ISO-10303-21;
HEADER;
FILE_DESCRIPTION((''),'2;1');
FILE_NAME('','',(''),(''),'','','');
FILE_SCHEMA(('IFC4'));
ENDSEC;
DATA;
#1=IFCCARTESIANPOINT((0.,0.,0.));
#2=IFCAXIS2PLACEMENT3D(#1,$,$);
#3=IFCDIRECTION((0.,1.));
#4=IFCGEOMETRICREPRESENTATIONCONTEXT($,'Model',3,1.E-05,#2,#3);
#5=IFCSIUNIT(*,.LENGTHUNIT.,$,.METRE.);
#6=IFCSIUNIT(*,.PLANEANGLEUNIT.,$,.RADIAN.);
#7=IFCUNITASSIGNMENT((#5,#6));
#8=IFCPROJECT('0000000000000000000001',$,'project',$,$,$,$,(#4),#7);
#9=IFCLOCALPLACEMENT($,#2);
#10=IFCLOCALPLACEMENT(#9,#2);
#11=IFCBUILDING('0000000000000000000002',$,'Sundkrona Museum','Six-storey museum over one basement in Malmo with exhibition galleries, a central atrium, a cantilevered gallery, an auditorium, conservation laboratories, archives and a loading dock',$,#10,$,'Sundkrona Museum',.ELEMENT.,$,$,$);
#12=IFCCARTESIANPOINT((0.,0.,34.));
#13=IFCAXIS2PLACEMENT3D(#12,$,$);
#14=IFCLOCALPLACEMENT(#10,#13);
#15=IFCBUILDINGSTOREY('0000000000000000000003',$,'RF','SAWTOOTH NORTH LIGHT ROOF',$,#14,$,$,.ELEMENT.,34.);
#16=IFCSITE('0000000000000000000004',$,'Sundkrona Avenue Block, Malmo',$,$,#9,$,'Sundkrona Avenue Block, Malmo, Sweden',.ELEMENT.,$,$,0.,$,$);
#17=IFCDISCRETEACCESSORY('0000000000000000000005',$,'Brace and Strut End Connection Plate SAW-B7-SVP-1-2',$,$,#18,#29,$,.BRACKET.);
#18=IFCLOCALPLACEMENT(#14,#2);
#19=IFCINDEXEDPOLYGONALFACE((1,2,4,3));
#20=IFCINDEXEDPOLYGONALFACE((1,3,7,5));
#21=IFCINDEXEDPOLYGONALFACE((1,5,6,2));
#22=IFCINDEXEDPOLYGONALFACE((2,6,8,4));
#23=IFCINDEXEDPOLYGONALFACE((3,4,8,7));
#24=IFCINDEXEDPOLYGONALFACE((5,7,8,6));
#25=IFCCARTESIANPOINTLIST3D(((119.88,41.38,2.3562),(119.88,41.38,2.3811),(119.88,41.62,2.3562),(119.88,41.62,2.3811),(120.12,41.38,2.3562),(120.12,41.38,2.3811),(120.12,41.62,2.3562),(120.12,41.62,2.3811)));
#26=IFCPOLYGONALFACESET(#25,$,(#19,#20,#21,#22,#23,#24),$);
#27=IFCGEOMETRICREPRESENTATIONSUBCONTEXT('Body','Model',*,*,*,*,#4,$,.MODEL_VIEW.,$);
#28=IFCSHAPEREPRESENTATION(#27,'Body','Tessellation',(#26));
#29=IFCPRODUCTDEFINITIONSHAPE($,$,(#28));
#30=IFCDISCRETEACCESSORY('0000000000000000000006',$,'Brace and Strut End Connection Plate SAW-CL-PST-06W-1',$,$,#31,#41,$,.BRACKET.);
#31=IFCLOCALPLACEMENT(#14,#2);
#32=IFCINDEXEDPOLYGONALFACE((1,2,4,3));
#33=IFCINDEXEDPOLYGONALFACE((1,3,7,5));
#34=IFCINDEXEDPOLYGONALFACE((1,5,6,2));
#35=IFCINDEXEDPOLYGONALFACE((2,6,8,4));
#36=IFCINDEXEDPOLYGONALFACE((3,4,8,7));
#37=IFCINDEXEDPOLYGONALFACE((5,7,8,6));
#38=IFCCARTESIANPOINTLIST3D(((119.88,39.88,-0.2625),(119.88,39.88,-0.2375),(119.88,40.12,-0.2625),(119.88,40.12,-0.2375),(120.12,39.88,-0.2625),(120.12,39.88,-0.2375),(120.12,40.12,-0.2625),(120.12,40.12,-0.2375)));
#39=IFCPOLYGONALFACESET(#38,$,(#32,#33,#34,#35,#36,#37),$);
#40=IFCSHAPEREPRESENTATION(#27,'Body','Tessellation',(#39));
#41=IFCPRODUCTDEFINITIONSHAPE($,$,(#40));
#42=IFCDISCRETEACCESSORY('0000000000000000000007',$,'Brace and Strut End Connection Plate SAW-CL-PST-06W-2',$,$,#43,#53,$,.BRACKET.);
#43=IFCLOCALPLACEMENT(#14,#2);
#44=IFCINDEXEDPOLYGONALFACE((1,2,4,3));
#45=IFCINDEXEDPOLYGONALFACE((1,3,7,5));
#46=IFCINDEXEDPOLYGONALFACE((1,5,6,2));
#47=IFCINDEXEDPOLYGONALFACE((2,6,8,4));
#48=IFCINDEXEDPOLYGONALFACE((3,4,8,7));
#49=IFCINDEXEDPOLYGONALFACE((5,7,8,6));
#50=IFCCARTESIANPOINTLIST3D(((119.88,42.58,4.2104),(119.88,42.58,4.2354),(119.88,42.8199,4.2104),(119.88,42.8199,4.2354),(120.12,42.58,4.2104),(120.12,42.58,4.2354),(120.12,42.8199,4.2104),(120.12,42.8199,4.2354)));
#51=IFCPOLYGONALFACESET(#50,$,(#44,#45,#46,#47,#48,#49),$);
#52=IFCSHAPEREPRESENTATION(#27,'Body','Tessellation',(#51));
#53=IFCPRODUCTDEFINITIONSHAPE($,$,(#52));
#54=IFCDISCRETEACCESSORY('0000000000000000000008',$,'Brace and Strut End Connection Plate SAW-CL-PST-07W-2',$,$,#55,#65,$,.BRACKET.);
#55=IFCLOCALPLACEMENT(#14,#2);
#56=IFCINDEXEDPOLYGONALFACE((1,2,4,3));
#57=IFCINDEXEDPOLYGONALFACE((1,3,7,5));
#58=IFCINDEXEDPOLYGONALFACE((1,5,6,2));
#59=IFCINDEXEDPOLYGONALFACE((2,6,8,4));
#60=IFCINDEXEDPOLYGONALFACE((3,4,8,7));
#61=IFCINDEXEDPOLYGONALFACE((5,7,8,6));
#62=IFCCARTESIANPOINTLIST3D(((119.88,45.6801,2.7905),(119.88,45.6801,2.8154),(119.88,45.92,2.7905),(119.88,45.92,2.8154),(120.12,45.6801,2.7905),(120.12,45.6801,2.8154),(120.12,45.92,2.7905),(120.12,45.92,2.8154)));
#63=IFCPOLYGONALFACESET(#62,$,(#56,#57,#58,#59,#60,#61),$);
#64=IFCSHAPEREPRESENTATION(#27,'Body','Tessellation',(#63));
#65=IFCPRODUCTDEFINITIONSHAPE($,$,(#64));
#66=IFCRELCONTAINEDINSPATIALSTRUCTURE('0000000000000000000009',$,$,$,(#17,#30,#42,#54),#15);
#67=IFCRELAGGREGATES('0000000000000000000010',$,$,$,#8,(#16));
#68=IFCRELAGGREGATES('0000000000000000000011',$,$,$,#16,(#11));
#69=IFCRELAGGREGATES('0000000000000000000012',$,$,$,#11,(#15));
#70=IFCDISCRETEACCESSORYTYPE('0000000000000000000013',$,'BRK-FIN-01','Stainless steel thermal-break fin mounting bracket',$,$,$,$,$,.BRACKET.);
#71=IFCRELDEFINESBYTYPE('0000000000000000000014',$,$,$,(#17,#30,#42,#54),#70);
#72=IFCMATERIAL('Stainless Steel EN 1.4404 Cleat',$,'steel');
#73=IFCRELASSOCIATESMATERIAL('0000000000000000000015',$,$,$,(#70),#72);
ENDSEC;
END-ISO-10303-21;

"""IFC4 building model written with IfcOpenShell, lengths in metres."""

from ifc_helpers import new_model, si_unit, direction, frame, origin, origin_2d, place, context, subcontext, project, spatial, rectangle, extrude, material, type_object, element, save


model = new_model("IFC4")

# Units and contexts
model_context = context("Model", 3, precision=1e-05, world=origin(), true_north=direction((0.0, 1.0)))
body_context = subcontext(model_context, "Body", "Model", "MODEL_VIEW")
ifc_project = project(units=[si_unit("LENGTHUNIT", "METRE"), si_unit("PLANEANGLEUNIT", "RADIAN")], contexts=[model_context])

# Site, building, storey
site_placement = place(None, origin())
site = spatial("IfcSite", under=ifc_project, at=site_placement, Name="Sundkrona Avenue Block, Malmo", LongName="Sundkrona Avenue Block, Malmo, Sweden", CompositionType="ELEMENT", RefElevation=0.0)
building_placement = place(site_placement, origin())
building = spatial("IfcBuilding", under=site, at=building_placement, Name="Sundkrona Museum", Description="Six-storey museum over one basement in Malmo with exhibition galleries, a central atrium, a cantilevered gallery, an auditorium, conservation laboratories, archives and a loading dock", LongName="Sundkrona Museum", CompositionType="ELEMENT")
storey_placement = place(building_placement, frame((0.0, 0.0, 34.0)))
storey = spatial("IfcBuildingStorey", under=building, at=storey_placement, Name="RF", Description="SAWTOOTH NORTH LIGHT ROOF", CompositionType="ELEMENT", Elevation=34.0)

# Discrete accessories
ifc_material_1 = material(Name="Stainless Steel EN 1.4404 Cleat", Category="steel")
discrete_accessory_type = type_object("IfcDiscreteAccessoryType", Name="BRK-FIN-01", Description="Stainless steel thermal-break fin mounting bracket", PredefinedType="BRACKET", material=ifc_material_1)
for number, where, z_axis, x_axis, name in (
    (1, (120.0, 41.5, 2.3562), (0.0, 0.0, 1.0), (1.0, 0.0, 0.0), "Brace and Strut End Connection Plate SAW-B7-SVP-1-2"),
    (2, (120.0, 40.0, -0.2625), (0.0, 0.0, 1.0), (1.0, 0.0, 0.0), "Brace and Strut End Connection Plate SAW-CL-PST-06W-1"),
    (3, (120.0, 42.7, 4.2104), (0.0, 0.0, 1.0), (1.0, 0.0, 0.0), "Brace and Strut End Connection Plate SAW-CL-PST-06W-2"),
    (4, (120.0, 45.8, 2.7905), (0.0, 0.0, 1.0), (1.0, 0.0, 0.0), "Brace and Strut End Connection Plate SAW-CL-PST-07W-2"),
):
    element("IfcDiscreteAccessory", number, at=place(storey_placement, frame(where, z_axis=z_axis, x_axis=x_axis)), inside=storey, type_object=discrete_accessory_type, Name=name, PredefinedType="BRACKET", context=body_context, shape_type="SweptSolid", body=[
        extrude(rectangle(XDim=0.24, YDim=0.24, at=origin_2d()), origin(), (0.0, 0.0, 1.0), 0.0249),
    ])

save(model, "model.ifc")
